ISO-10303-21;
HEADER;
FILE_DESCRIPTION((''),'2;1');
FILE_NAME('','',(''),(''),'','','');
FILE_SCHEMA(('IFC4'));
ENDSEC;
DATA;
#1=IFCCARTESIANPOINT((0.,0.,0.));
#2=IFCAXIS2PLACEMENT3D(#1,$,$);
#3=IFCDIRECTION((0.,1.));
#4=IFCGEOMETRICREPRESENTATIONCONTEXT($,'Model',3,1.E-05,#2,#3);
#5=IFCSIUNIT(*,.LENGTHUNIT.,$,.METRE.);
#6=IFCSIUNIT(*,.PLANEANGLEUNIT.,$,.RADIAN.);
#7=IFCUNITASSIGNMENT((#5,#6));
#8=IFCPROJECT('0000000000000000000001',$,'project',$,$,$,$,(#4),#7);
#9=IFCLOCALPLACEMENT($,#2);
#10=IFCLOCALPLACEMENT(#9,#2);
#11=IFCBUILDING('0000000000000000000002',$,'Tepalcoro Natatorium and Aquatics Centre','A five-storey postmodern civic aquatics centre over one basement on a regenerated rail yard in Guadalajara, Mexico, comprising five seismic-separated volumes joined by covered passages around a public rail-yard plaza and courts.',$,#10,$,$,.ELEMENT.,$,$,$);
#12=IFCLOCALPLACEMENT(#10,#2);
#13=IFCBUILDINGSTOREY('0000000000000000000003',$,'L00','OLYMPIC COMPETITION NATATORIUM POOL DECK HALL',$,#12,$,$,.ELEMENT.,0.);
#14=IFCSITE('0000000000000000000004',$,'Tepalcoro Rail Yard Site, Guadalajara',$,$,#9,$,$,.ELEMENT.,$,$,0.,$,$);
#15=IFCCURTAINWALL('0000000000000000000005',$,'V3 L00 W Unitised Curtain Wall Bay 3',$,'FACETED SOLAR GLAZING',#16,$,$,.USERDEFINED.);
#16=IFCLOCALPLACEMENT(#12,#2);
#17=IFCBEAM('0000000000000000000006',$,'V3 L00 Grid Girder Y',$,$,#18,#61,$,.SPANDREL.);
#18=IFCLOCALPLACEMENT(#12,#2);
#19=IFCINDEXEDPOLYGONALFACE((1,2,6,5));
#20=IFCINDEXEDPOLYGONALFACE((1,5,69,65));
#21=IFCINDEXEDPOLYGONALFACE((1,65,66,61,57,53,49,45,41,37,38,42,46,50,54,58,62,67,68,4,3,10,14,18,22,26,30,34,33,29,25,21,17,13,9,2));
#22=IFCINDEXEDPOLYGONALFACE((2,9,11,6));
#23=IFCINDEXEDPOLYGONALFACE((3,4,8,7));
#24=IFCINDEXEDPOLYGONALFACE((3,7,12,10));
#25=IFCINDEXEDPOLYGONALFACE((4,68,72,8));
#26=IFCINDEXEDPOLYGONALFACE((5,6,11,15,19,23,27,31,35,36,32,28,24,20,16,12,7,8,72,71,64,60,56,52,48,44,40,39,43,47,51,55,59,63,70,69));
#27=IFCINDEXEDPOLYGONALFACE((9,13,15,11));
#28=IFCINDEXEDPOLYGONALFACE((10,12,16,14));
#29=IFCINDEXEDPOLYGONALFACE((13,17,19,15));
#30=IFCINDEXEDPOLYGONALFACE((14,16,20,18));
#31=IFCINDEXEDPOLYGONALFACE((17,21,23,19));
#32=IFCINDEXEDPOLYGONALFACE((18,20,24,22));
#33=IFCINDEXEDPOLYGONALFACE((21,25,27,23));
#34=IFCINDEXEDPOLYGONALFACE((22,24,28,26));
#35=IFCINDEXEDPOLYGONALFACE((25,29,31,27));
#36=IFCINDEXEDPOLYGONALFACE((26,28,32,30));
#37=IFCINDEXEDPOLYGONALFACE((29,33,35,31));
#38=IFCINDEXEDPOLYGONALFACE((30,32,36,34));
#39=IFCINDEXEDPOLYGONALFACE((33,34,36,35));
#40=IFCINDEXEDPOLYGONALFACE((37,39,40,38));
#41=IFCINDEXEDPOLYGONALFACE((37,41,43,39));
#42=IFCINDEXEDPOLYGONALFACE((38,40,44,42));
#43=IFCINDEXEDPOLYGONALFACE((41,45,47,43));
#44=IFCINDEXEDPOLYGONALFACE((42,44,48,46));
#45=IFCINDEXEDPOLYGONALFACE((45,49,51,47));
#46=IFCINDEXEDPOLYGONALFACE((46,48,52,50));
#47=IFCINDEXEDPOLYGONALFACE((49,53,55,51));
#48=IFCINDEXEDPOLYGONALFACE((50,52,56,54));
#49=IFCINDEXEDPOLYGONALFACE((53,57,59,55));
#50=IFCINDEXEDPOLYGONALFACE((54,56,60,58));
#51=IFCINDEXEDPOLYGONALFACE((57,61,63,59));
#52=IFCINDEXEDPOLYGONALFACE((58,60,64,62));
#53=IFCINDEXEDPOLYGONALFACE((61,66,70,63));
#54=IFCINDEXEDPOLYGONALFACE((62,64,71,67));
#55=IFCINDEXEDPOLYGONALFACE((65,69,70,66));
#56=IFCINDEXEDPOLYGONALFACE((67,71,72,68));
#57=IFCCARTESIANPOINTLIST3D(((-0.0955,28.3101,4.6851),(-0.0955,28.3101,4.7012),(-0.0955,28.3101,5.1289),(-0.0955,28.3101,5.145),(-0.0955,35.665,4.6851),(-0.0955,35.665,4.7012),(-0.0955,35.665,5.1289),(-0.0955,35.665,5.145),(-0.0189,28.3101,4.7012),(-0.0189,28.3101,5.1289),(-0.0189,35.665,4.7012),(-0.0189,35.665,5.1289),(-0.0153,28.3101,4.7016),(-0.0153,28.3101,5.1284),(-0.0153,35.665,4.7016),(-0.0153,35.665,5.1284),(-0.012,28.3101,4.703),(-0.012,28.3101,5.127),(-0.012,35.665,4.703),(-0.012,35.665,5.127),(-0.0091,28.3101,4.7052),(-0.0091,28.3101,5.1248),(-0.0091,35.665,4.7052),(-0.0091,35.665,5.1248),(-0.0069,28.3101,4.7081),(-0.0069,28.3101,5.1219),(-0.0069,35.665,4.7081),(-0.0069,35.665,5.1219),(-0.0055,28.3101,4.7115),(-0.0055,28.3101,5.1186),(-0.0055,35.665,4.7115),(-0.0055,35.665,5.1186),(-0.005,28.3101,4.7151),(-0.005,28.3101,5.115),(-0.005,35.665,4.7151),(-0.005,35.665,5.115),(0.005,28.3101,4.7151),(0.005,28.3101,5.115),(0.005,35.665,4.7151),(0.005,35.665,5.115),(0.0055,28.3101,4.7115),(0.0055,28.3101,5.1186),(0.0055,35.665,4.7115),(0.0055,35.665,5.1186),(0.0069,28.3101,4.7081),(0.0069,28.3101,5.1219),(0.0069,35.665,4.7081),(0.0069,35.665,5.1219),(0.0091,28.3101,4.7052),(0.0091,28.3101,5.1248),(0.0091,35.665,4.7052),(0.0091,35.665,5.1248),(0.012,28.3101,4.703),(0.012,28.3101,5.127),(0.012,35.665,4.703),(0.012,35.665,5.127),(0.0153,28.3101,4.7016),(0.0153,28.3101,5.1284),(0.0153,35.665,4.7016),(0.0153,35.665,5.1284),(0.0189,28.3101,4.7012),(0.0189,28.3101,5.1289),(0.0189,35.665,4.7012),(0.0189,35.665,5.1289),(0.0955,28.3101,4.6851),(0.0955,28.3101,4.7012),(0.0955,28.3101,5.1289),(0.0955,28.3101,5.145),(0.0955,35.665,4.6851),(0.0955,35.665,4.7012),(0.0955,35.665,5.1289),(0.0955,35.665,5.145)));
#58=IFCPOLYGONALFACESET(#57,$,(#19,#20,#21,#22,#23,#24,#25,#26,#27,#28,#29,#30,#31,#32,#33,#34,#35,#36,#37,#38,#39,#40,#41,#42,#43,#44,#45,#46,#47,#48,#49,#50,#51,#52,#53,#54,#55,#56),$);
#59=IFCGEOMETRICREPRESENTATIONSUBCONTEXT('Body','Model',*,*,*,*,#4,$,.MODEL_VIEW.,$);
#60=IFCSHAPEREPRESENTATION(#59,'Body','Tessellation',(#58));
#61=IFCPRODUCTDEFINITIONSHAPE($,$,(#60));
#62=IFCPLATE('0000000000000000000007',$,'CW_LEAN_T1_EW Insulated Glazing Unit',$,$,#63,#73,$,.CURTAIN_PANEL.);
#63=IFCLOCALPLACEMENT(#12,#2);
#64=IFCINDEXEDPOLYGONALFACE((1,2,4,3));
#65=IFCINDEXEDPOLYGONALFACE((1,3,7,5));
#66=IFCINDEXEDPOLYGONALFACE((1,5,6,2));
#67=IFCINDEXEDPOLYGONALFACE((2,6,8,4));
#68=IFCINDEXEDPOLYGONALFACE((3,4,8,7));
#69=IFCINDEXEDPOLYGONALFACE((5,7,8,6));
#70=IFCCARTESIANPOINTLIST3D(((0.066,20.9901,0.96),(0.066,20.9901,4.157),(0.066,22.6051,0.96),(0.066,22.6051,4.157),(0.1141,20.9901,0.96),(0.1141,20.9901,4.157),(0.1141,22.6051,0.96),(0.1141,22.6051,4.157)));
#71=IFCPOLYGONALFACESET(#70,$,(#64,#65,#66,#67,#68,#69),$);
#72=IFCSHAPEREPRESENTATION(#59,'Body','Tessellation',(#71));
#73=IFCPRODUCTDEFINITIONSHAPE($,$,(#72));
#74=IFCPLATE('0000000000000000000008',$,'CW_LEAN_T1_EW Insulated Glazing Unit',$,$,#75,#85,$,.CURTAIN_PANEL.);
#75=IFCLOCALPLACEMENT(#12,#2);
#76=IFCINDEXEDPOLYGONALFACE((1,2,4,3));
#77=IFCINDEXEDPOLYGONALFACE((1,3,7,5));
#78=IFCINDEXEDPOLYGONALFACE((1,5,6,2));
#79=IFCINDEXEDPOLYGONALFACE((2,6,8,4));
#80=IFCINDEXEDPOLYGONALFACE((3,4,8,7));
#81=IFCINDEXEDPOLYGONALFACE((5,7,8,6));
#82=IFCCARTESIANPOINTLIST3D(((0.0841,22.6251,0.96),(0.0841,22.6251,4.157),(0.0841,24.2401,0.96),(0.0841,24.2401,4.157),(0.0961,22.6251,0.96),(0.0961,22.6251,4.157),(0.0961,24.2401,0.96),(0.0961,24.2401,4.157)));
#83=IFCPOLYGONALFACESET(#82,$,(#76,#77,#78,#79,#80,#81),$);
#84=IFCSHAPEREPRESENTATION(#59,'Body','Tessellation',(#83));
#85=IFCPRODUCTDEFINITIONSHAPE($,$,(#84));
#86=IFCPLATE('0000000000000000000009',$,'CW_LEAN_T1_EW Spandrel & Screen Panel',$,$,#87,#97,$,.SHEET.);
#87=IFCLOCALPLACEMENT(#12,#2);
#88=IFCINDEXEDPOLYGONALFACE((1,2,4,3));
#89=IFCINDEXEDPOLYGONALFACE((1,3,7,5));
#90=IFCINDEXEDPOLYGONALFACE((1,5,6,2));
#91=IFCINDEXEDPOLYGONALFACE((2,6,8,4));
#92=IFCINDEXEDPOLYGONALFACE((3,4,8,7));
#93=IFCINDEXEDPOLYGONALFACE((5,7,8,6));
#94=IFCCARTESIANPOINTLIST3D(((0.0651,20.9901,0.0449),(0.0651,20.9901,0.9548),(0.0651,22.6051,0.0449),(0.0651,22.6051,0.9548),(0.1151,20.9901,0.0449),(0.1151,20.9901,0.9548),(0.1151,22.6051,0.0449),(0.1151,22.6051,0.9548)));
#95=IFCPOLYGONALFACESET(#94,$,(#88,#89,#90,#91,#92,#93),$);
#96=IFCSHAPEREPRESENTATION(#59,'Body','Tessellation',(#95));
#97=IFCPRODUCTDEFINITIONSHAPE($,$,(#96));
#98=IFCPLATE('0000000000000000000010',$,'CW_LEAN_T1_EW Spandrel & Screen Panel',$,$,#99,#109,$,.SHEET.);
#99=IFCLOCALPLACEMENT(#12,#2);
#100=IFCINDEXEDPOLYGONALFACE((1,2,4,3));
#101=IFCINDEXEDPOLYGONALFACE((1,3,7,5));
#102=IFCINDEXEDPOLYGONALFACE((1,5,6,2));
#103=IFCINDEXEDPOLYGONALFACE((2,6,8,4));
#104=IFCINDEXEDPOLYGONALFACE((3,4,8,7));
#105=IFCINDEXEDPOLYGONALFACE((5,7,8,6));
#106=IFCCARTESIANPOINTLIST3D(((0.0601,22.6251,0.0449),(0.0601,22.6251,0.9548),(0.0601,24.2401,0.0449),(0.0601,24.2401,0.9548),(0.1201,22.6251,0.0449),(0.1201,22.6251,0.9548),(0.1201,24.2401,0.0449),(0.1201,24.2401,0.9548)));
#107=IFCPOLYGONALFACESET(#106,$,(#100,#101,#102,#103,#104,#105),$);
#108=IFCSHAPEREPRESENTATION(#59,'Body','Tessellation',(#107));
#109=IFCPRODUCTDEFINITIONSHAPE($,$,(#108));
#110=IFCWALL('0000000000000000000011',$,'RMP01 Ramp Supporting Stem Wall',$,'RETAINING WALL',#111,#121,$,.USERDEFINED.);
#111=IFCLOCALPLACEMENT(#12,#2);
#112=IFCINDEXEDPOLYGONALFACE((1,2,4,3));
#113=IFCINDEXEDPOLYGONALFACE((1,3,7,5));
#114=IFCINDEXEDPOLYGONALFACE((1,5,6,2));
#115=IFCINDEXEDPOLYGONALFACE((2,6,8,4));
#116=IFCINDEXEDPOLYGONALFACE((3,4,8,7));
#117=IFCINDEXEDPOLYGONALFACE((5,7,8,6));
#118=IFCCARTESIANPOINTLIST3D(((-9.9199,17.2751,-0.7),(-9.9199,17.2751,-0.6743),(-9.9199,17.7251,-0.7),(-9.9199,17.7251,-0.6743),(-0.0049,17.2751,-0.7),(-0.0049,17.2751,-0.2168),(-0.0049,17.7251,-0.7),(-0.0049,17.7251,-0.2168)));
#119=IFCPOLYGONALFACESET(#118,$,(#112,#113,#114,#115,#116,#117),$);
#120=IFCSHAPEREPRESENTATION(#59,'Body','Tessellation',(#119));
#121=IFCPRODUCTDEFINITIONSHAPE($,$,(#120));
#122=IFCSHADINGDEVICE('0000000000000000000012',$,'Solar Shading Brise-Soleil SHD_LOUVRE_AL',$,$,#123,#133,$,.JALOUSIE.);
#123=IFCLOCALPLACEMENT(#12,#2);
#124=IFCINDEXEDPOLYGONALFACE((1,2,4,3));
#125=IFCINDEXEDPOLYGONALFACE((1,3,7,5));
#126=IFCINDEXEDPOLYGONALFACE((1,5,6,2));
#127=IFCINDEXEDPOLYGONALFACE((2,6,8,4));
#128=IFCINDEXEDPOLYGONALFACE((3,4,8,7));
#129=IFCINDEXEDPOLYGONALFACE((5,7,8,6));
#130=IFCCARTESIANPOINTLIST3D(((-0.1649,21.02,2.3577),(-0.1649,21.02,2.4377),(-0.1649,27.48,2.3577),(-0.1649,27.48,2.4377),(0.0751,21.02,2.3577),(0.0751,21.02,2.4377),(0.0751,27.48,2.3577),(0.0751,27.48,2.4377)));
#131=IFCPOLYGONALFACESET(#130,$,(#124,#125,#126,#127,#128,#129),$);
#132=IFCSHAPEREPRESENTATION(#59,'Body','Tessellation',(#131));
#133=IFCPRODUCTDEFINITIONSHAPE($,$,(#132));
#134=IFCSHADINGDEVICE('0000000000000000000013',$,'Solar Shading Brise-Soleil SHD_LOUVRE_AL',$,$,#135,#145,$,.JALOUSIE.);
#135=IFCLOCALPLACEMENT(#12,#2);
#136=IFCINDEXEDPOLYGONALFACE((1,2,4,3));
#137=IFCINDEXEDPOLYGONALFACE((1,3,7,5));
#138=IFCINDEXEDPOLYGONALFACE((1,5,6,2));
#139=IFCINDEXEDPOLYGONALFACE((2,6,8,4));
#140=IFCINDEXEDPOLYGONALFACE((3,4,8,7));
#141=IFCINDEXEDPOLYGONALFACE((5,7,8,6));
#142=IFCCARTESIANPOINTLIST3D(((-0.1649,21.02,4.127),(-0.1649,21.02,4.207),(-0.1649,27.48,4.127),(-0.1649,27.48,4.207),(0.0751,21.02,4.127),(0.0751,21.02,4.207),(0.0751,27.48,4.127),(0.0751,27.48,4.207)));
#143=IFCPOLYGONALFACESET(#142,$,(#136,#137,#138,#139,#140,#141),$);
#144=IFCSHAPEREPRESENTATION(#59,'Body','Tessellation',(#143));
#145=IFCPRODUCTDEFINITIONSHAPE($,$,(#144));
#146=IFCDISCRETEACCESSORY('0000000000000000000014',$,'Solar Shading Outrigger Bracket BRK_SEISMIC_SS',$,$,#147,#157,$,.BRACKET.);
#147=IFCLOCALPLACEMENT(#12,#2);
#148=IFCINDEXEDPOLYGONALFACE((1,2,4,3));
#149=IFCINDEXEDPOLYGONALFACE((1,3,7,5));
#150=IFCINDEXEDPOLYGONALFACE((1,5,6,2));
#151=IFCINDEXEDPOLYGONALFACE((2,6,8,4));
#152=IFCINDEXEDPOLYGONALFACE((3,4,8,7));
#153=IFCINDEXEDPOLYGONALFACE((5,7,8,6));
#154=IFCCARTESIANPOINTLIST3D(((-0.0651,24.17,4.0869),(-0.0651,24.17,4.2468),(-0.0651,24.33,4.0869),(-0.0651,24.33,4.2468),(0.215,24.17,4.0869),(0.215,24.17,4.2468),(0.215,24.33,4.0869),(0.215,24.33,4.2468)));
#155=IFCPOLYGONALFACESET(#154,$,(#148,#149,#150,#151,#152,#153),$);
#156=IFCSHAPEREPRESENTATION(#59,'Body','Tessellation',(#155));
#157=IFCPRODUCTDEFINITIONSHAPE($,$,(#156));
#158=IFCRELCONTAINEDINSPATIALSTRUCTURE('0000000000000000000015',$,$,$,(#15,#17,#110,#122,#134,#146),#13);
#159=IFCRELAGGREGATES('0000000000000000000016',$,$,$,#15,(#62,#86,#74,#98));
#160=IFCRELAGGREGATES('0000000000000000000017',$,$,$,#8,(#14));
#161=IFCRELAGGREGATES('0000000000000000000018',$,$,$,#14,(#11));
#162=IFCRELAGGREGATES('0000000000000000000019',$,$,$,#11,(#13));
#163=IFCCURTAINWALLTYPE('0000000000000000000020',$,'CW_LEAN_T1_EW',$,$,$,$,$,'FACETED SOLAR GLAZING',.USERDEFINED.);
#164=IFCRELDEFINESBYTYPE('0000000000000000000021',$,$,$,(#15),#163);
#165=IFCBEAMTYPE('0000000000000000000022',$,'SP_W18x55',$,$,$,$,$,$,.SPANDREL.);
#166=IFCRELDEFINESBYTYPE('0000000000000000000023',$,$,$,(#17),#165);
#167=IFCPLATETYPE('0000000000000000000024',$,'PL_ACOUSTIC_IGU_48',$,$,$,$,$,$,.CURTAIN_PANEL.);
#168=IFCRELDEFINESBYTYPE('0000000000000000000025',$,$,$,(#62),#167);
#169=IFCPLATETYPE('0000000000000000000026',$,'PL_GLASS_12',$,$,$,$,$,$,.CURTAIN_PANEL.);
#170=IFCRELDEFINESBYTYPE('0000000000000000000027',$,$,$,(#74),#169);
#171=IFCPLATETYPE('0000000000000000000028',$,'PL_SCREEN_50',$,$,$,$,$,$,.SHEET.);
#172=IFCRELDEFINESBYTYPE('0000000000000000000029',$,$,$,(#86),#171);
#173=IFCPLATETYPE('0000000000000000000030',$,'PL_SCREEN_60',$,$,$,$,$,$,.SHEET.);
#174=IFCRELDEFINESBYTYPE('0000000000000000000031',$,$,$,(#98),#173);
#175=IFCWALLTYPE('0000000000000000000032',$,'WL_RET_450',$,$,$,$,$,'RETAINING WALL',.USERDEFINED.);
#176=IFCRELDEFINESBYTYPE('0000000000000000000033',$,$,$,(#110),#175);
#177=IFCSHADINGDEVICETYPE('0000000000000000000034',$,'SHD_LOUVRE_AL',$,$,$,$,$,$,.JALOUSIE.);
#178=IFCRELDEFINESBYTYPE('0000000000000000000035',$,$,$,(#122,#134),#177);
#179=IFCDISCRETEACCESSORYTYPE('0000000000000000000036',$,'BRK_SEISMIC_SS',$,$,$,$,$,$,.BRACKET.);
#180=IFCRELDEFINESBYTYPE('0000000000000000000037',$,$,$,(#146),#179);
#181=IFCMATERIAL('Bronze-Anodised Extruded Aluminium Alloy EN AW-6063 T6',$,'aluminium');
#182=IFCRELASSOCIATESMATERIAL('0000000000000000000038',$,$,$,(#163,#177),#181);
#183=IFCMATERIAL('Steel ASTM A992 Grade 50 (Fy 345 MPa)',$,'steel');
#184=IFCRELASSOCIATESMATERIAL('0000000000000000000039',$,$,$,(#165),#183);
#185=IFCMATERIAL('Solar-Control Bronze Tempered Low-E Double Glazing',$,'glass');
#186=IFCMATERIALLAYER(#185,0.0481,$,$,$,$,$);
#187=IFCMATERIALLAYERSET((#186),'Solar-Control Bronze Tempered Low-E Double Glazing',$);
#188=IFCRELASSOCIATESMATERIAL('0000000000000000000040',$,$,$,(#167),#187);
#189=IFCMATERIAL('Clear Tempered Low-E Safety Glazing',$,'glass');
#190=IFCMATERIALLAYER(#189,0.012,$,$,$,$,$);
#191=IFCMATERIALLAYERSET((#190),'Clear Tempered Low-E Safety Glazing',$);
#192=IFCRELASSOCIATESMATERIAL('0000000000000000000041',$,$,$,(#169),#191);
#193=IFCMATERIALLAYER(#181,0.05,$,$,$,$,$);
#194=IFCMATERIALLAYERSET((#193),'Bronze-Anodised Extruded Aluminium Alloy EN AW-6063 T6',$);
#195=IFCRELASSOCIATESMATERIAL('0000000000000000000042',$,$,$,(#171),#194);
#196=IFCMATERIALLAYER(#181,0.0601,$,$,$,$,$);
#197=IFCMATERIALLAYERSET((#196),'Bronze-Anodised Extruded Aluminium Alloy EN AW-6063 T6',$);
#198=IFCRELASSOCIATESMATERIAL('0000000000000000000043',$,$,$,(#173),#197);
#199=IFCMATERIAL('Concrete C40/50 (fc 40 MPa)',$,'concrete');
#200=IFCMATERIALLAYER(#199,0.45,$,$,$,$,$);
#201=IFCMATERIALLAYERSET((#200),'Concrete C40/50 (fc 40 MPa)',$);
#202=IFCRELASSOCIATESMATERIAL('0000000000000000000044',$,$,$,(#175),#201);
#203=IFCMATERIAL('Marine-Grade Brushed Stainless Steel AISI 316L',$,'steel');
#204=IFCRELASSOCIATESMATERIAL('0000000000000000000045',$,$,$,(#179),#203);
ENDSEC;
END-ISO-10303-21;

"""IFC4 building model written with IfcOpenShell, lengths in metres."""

from ifc_helpers import new_model, si_unit, direction, frame, origin, origin_2d, place, context, subcontext, project, spatial, polyline, rectangle, i_section, outline, extrude, material, layer, layer_set, material_profile, profile_set, type_object, element, aggregate, save


model = new_model("IFC4")

# Units and contexts
model_context = context("Model", 3, precision=1e-05, world=origin(), true_north=direction((0.0, 1.0)))
body_context = subcontext(model_context, "Body", "Model", "MODEL_VIEW")
ifc_project = project(units=[si_unit("LENGTHUNIT", "METRE"), si_unit("PLANEANGLEUNIT", "RADIAN")], contexts=[model_context])

# Site, building, storey
site_placement = place(None, origin())
site = spatial("IfcSite", under=ifc_project, at=site_placement, Name="Tepalcoro Rail Yard Site, Guadalajara", CompositionType="ELEMENT", RefElevation=0.0)
building_placement = place(site_placement, origin())
building = spatial("IfcBuilding", under=site, at=building_placement, Name="Tepalcoro Natatorium and Aquatics Centre", Description="A five-storey postmodern civic aquatics centre over one basement on a regenerated rail yard in Guadalajara, Mexico, comprising five seismic-separated volumes joined by covered passages around a public rail-yard plaza and courts.", CompositionType="ELEMENT")
storey_placement = place(building_placement, origin())
storey = spatial("IfcBuildingStorey", under=building, at=storey_placement, Name="L00", Description="OLYMPIC COMPETITION NATATORIUM POOL DECK HALL", CompositionType="ELEMENT", Elevation=0.0)

# Shared definitions
ifc_material_1 = material(Name="Concrete C40/50 (fc 40 MPa)", Category="concrete")

# Shared definitions
ifc_material_2 = material(Name="Steel ASTM A992 Grade 50 (Fy 345 MPa)", Category="steel")

# Curtain wall
ifc_material_3 = material(Name="Bronze-Anodised Extruded Aluminium Alloy EN AW-6063 T6", Category="aluminium")
curtain_wall_type = type_object("IfcCurtainWallType", Name="CW_LEAN_T1_EW", ElementType="FACETED SOLAR GLAZING", PredefinedType="USERDEFINED", material=ifc_material_3)
curtain_wall_placement = place(storey_placement, origin())
curtain_wall = element("IfcCurtainWall", 1, at=curtain_wall_placement, inside=storey, type_object=curtain_wall_type, Name="V3 L00 W Unitised Curtain Wall Bay 3", ObjectType="FACETED SOLAR GLAZING", PredefinedType="USERDEFINED")

# Beam
ifc_material_profile_1 = material_profile(ifc_material_2, i_section(OverallWidth=0.1909, OverallDepth=0.46, WebThickness=0.01, FlangeThickness=0.0161, FilletRadius=0.0139, at=origin_2d()), Name="W18X55")
ifc_profile_set_1 = profile_set([ifc_material_profile_1], Name="Steel ASTM A992 Grade 50 (Fy 345 MPa)")
beam_type_1 = type_object("IfcBeamType", Name="SP_W18x55", PredefinedType="SPANDREL", material=ifc_profile_set_1)
beam_1_placement = place(storey_placement, frame((0.0, 28.3101, 4.915), z_axis=(0.0, 1.0, 0.0), x_axis=(-1.0, 0.0, 0.0)))
element("IfcBeam", 2, at=beam_1_placement, inside=storey, type_object=beam_type_1, Name="V3 L00 Grid Girder Y", PredefinedType="SPANDREL", context=body_context, shape_type="SweptSolid", body=[
    extrude(i_section(OverallWidth=0.1909, OverallDepth=0.46, WebThickness=0.01, FlangeThickness=0.0161, FilletRadius=0.0139, at=origin_2d()), origin(), (0.0, 0.0, 1.0), 7.355),
])

# Plates
ifc_material_4 = material(Name="Solar-Control Bronze Tempered Low-E Double Glazing", Category="glass")
ifc_layer_1 = layer(ifc_material_4, 0.0481)
ifc_layer_set_1 = layer_set([ifc_layer_1], Name="Solar-Control Bronze Tempered Low-E Double Glazing")
plate_type_1 = type_object("IfcPlateType", Name="PL_ACOUSTIC_IGU_48", PredefinedType="CURTAIN_PANEL", material=ifc_layer_set_1)
plate_1_placement = place(storey_placement, frame((0.0901, 21.7976, 0.96), z_axis=(0.0, 0.0, 1.0), x_axis=(1.0, 0.0, 0.0)))
plate_1 = element("IfcPlate", 3, at=plate_1_placement, type_object=plate_type_1, Name="CW_LEAN_T1_EW Insulated Glazing Unit", PredefinedType="CURTAIN_PANEL", context=body_context, shape_type="SweptSolid", body=[
    extrude(rectangle(XDim=0.0481, YDim=1.615, at=origin_2d()), origin(), (0.0, 0.0, 1.0), 3.197),
])
ifc_material_5 = material(Name="Clear Tempered Low-E Safety Glazing", Category="glass")
ifc_layer_2 = layer(ifc_material_5, 0.012)
ifc_layer_set_2 = layer_set([ifc_layer_2], Name="Clear Tempered Low-E Safety Glazing")
plate_type_2 = type_object("IfcPlateType", Name="PL_GLASS_12", PredefinedType="CURTAIN_PANEL", material=ifc_layer_set_2)
plate_2_placement = place(storey_placement, frame((0.0901, 23.4326, 0.96), z_axis=(0.0, 0.0, 1.0), x_axis=(1.0, 0.0, 0.0)))
plate_2 = element("IfcPlate", 4, at=plate_2_placement, type_object=plate_type_2, Name="CW_LEAN_T1_EW Insulated Glazing Unit", PredefinedType="CURTAIN_PANEL", context=body_context, shape_type="SweptSolid", body=[
    extrude(rectangle(XDim=0.012, YDim=1.615, at=origin_2d()), origin(), (0.0, 0.0, 1.0), 3.197),
])
ifc_layer_3 = layer(ifc_material_3, 0.05)
ifc_layer_set_3 = layer_set([ifc_layer_3], Name="Bronze-Anodised Extruded Aluminium Alloy EN AW-6063 T6")
plate_type_3 = type_object("IfcPlateType", Name="PL_SCREEN_50", PredefinedType="SHEET", material=ifc_layer_set_3)
plate_3_placement = place(storey_placement, frame((0.0901, 21.7976, 0.0449), z_axis=(0.0, 0.0, 1.0), x_axis=(1.0, 0.0, 0.0)))
plate_3 = element("IfcPlate", 5, at=plate_3_placement, type_object=plate_type_3, Name="CW_LEAN_T1_EW Spandrel & Screen Panel", PredefinedType="SHEET", context=body_context, shape_type="SweptSolid", body=[
    extrude(rectangle(XDim=0.05, YDim=1.615, at=origin_2d()), origin(), (0.0, 0.0, 1.0), 0.9099),
])
ifc_layer_4 = layer(ifc_material_3, 0.0601)
ifc_layer_set_4 = layer_set([ifc_layer_4], Name="Bronze-Anodised Extruded Aluminium Alloy EN AW-6063 T6")
plate_type_4 = type_object("IfcPlateType", Name="PL_SCREEN_60", PredefinedType="SHEET", material=ifc_layer_set_4)
plate_4_placement = place(storey_placement, frame((0.0901, 23.4326, 0.0449), z_axis=(0.0, 0.0, 1.0), x_axis=(1.0, 0.0, 0.0)))
plate_4 = element("IfcPlate", 6, at=plate_4_placement, type_object=plate_type_4, Name="CW_LEAN_T1_EW Spandrel & Screen Panel", PredefinedType="SHEET", context=body_context, shape_type="SweptSolid", body=[
    extrude(rectangle(XDim=0.0601, YDim=1.615, at=origin_2d()), origin(), (0.0, 0.0, 1.0), 0.9099),
])
aggregate(curtain_wall, [plate_1, plate_3, plate_2, plate_4])

# Wall
ifc_layer_5 = layer(ifc_material_1, 0.45)
ifc_layer_set_5 = layer_set([ifc_layer_5], Name="Concrete C40/50 (fc 40 MPa)")
wall_type = type_object("IfcWallType", Name="WL_RET_450", ElementType="RETAINING WALL", PredefinedType="USERDEFINED", material=ifc_layer_set_5)
wall_placement = place(storey_placement, frame((-9.9199, 17.5, -0.7), z_axis=(0.0, 0.0, 1.0), x_axis=(1.0, 0.0, 0.0)))
element("IfcWall", 7, at=wall_placement, inside=storey, type_object=wall_type, Name="RMP01 Ramp Supporting Stem Wall", ObjectType="RETAINING WALL", PredefinedType="USERDEFINED", context=body_context, shape_type="SweptSolid", body=[
    extrude(outline(polyline([(0.0, 0.0), (9.915, 0.0), (9.915, 0.4832), (0.0, 0.0256), (0.0, 0.0)])), frame((0.0, 0.2251, 0.0), z_axis=(0.0, -1.0, 0.0), x_axis=(1.0, 0.0, 0.0)), (0.0, 0.0, 1.0), 0.45),
])

# Shared definitions
ifc_material_6 = material(Name="Marine-Grade Brushed Stainless Steel AISI 316L", Category="steel")

# Shading devices
shading_device_type = type_object("IfcShadingDeviceType", Name="SHD_LOUVRE_AL", PredefinedType="JALOUSIE", material=ifc_material_3)
for number, where, z_axis, x_axis, name in (
    (8, (-0.0449, 24.25, 2.3577), (0.0, 0.0, 1.0), (1.0, 0.0, 0.0), "Solar Shading Brise-Soleil SHD_LOUVRE_AL"),
    (9, (-0.0449, 24.25, 4.127), (0.0, 0.0, 1.0), (1.0, 0.0, 0.0), "Solar Shading Brise-Soleil SHD_LOUVRE_AL"),
):
    element("IfcShadingDevice", number, at=place(storey_placement, frame(where, z_axis=z_axis, x_axis=x_axis)), inside=storey, type_object=shading_device_type, Name=name, PredefinedType="JALOUSIE", context=body_context, shape_type="SweptSolid", body=[
        extrude(rectangle(XDim=0.24, YDim=6.46, at=origin_2d()), origin(), (0.0, 0.0, 1.0), 0.0801),
    ])

# Discrete accessory
discrete_accessory_type = type_object("IfcDiscreteAccessoryType", Name="BRK_SEISMIC_SS", PredefinedType="BRACKET", material=ifc_material_6)
discrete_accessory_placement = place(storey_placement, frame((0.075, 24.25, 4.0869), z_axis=(0.0, 0.0, 1.0), x_axis=(1.0, 0.0, 0.0)))
element("IfcDiscreteAccessory", 10, at=discrete_accessory_placement, inside=storey, type_object=discrete_accessory_type, Name="Solar Shading Outrigger Bracket BRK_SEISMIC_SS", PredefinedType="BRACKET", context=body_context, shape_type="SweptSolid", body=[
    extrude(rectangle(XDim=0.28, YDim=0.1599, at=origin_2d()), origin(), (0.0, 0.0, 1.0), 0.1599),
])

save(model, "model.ifc")
